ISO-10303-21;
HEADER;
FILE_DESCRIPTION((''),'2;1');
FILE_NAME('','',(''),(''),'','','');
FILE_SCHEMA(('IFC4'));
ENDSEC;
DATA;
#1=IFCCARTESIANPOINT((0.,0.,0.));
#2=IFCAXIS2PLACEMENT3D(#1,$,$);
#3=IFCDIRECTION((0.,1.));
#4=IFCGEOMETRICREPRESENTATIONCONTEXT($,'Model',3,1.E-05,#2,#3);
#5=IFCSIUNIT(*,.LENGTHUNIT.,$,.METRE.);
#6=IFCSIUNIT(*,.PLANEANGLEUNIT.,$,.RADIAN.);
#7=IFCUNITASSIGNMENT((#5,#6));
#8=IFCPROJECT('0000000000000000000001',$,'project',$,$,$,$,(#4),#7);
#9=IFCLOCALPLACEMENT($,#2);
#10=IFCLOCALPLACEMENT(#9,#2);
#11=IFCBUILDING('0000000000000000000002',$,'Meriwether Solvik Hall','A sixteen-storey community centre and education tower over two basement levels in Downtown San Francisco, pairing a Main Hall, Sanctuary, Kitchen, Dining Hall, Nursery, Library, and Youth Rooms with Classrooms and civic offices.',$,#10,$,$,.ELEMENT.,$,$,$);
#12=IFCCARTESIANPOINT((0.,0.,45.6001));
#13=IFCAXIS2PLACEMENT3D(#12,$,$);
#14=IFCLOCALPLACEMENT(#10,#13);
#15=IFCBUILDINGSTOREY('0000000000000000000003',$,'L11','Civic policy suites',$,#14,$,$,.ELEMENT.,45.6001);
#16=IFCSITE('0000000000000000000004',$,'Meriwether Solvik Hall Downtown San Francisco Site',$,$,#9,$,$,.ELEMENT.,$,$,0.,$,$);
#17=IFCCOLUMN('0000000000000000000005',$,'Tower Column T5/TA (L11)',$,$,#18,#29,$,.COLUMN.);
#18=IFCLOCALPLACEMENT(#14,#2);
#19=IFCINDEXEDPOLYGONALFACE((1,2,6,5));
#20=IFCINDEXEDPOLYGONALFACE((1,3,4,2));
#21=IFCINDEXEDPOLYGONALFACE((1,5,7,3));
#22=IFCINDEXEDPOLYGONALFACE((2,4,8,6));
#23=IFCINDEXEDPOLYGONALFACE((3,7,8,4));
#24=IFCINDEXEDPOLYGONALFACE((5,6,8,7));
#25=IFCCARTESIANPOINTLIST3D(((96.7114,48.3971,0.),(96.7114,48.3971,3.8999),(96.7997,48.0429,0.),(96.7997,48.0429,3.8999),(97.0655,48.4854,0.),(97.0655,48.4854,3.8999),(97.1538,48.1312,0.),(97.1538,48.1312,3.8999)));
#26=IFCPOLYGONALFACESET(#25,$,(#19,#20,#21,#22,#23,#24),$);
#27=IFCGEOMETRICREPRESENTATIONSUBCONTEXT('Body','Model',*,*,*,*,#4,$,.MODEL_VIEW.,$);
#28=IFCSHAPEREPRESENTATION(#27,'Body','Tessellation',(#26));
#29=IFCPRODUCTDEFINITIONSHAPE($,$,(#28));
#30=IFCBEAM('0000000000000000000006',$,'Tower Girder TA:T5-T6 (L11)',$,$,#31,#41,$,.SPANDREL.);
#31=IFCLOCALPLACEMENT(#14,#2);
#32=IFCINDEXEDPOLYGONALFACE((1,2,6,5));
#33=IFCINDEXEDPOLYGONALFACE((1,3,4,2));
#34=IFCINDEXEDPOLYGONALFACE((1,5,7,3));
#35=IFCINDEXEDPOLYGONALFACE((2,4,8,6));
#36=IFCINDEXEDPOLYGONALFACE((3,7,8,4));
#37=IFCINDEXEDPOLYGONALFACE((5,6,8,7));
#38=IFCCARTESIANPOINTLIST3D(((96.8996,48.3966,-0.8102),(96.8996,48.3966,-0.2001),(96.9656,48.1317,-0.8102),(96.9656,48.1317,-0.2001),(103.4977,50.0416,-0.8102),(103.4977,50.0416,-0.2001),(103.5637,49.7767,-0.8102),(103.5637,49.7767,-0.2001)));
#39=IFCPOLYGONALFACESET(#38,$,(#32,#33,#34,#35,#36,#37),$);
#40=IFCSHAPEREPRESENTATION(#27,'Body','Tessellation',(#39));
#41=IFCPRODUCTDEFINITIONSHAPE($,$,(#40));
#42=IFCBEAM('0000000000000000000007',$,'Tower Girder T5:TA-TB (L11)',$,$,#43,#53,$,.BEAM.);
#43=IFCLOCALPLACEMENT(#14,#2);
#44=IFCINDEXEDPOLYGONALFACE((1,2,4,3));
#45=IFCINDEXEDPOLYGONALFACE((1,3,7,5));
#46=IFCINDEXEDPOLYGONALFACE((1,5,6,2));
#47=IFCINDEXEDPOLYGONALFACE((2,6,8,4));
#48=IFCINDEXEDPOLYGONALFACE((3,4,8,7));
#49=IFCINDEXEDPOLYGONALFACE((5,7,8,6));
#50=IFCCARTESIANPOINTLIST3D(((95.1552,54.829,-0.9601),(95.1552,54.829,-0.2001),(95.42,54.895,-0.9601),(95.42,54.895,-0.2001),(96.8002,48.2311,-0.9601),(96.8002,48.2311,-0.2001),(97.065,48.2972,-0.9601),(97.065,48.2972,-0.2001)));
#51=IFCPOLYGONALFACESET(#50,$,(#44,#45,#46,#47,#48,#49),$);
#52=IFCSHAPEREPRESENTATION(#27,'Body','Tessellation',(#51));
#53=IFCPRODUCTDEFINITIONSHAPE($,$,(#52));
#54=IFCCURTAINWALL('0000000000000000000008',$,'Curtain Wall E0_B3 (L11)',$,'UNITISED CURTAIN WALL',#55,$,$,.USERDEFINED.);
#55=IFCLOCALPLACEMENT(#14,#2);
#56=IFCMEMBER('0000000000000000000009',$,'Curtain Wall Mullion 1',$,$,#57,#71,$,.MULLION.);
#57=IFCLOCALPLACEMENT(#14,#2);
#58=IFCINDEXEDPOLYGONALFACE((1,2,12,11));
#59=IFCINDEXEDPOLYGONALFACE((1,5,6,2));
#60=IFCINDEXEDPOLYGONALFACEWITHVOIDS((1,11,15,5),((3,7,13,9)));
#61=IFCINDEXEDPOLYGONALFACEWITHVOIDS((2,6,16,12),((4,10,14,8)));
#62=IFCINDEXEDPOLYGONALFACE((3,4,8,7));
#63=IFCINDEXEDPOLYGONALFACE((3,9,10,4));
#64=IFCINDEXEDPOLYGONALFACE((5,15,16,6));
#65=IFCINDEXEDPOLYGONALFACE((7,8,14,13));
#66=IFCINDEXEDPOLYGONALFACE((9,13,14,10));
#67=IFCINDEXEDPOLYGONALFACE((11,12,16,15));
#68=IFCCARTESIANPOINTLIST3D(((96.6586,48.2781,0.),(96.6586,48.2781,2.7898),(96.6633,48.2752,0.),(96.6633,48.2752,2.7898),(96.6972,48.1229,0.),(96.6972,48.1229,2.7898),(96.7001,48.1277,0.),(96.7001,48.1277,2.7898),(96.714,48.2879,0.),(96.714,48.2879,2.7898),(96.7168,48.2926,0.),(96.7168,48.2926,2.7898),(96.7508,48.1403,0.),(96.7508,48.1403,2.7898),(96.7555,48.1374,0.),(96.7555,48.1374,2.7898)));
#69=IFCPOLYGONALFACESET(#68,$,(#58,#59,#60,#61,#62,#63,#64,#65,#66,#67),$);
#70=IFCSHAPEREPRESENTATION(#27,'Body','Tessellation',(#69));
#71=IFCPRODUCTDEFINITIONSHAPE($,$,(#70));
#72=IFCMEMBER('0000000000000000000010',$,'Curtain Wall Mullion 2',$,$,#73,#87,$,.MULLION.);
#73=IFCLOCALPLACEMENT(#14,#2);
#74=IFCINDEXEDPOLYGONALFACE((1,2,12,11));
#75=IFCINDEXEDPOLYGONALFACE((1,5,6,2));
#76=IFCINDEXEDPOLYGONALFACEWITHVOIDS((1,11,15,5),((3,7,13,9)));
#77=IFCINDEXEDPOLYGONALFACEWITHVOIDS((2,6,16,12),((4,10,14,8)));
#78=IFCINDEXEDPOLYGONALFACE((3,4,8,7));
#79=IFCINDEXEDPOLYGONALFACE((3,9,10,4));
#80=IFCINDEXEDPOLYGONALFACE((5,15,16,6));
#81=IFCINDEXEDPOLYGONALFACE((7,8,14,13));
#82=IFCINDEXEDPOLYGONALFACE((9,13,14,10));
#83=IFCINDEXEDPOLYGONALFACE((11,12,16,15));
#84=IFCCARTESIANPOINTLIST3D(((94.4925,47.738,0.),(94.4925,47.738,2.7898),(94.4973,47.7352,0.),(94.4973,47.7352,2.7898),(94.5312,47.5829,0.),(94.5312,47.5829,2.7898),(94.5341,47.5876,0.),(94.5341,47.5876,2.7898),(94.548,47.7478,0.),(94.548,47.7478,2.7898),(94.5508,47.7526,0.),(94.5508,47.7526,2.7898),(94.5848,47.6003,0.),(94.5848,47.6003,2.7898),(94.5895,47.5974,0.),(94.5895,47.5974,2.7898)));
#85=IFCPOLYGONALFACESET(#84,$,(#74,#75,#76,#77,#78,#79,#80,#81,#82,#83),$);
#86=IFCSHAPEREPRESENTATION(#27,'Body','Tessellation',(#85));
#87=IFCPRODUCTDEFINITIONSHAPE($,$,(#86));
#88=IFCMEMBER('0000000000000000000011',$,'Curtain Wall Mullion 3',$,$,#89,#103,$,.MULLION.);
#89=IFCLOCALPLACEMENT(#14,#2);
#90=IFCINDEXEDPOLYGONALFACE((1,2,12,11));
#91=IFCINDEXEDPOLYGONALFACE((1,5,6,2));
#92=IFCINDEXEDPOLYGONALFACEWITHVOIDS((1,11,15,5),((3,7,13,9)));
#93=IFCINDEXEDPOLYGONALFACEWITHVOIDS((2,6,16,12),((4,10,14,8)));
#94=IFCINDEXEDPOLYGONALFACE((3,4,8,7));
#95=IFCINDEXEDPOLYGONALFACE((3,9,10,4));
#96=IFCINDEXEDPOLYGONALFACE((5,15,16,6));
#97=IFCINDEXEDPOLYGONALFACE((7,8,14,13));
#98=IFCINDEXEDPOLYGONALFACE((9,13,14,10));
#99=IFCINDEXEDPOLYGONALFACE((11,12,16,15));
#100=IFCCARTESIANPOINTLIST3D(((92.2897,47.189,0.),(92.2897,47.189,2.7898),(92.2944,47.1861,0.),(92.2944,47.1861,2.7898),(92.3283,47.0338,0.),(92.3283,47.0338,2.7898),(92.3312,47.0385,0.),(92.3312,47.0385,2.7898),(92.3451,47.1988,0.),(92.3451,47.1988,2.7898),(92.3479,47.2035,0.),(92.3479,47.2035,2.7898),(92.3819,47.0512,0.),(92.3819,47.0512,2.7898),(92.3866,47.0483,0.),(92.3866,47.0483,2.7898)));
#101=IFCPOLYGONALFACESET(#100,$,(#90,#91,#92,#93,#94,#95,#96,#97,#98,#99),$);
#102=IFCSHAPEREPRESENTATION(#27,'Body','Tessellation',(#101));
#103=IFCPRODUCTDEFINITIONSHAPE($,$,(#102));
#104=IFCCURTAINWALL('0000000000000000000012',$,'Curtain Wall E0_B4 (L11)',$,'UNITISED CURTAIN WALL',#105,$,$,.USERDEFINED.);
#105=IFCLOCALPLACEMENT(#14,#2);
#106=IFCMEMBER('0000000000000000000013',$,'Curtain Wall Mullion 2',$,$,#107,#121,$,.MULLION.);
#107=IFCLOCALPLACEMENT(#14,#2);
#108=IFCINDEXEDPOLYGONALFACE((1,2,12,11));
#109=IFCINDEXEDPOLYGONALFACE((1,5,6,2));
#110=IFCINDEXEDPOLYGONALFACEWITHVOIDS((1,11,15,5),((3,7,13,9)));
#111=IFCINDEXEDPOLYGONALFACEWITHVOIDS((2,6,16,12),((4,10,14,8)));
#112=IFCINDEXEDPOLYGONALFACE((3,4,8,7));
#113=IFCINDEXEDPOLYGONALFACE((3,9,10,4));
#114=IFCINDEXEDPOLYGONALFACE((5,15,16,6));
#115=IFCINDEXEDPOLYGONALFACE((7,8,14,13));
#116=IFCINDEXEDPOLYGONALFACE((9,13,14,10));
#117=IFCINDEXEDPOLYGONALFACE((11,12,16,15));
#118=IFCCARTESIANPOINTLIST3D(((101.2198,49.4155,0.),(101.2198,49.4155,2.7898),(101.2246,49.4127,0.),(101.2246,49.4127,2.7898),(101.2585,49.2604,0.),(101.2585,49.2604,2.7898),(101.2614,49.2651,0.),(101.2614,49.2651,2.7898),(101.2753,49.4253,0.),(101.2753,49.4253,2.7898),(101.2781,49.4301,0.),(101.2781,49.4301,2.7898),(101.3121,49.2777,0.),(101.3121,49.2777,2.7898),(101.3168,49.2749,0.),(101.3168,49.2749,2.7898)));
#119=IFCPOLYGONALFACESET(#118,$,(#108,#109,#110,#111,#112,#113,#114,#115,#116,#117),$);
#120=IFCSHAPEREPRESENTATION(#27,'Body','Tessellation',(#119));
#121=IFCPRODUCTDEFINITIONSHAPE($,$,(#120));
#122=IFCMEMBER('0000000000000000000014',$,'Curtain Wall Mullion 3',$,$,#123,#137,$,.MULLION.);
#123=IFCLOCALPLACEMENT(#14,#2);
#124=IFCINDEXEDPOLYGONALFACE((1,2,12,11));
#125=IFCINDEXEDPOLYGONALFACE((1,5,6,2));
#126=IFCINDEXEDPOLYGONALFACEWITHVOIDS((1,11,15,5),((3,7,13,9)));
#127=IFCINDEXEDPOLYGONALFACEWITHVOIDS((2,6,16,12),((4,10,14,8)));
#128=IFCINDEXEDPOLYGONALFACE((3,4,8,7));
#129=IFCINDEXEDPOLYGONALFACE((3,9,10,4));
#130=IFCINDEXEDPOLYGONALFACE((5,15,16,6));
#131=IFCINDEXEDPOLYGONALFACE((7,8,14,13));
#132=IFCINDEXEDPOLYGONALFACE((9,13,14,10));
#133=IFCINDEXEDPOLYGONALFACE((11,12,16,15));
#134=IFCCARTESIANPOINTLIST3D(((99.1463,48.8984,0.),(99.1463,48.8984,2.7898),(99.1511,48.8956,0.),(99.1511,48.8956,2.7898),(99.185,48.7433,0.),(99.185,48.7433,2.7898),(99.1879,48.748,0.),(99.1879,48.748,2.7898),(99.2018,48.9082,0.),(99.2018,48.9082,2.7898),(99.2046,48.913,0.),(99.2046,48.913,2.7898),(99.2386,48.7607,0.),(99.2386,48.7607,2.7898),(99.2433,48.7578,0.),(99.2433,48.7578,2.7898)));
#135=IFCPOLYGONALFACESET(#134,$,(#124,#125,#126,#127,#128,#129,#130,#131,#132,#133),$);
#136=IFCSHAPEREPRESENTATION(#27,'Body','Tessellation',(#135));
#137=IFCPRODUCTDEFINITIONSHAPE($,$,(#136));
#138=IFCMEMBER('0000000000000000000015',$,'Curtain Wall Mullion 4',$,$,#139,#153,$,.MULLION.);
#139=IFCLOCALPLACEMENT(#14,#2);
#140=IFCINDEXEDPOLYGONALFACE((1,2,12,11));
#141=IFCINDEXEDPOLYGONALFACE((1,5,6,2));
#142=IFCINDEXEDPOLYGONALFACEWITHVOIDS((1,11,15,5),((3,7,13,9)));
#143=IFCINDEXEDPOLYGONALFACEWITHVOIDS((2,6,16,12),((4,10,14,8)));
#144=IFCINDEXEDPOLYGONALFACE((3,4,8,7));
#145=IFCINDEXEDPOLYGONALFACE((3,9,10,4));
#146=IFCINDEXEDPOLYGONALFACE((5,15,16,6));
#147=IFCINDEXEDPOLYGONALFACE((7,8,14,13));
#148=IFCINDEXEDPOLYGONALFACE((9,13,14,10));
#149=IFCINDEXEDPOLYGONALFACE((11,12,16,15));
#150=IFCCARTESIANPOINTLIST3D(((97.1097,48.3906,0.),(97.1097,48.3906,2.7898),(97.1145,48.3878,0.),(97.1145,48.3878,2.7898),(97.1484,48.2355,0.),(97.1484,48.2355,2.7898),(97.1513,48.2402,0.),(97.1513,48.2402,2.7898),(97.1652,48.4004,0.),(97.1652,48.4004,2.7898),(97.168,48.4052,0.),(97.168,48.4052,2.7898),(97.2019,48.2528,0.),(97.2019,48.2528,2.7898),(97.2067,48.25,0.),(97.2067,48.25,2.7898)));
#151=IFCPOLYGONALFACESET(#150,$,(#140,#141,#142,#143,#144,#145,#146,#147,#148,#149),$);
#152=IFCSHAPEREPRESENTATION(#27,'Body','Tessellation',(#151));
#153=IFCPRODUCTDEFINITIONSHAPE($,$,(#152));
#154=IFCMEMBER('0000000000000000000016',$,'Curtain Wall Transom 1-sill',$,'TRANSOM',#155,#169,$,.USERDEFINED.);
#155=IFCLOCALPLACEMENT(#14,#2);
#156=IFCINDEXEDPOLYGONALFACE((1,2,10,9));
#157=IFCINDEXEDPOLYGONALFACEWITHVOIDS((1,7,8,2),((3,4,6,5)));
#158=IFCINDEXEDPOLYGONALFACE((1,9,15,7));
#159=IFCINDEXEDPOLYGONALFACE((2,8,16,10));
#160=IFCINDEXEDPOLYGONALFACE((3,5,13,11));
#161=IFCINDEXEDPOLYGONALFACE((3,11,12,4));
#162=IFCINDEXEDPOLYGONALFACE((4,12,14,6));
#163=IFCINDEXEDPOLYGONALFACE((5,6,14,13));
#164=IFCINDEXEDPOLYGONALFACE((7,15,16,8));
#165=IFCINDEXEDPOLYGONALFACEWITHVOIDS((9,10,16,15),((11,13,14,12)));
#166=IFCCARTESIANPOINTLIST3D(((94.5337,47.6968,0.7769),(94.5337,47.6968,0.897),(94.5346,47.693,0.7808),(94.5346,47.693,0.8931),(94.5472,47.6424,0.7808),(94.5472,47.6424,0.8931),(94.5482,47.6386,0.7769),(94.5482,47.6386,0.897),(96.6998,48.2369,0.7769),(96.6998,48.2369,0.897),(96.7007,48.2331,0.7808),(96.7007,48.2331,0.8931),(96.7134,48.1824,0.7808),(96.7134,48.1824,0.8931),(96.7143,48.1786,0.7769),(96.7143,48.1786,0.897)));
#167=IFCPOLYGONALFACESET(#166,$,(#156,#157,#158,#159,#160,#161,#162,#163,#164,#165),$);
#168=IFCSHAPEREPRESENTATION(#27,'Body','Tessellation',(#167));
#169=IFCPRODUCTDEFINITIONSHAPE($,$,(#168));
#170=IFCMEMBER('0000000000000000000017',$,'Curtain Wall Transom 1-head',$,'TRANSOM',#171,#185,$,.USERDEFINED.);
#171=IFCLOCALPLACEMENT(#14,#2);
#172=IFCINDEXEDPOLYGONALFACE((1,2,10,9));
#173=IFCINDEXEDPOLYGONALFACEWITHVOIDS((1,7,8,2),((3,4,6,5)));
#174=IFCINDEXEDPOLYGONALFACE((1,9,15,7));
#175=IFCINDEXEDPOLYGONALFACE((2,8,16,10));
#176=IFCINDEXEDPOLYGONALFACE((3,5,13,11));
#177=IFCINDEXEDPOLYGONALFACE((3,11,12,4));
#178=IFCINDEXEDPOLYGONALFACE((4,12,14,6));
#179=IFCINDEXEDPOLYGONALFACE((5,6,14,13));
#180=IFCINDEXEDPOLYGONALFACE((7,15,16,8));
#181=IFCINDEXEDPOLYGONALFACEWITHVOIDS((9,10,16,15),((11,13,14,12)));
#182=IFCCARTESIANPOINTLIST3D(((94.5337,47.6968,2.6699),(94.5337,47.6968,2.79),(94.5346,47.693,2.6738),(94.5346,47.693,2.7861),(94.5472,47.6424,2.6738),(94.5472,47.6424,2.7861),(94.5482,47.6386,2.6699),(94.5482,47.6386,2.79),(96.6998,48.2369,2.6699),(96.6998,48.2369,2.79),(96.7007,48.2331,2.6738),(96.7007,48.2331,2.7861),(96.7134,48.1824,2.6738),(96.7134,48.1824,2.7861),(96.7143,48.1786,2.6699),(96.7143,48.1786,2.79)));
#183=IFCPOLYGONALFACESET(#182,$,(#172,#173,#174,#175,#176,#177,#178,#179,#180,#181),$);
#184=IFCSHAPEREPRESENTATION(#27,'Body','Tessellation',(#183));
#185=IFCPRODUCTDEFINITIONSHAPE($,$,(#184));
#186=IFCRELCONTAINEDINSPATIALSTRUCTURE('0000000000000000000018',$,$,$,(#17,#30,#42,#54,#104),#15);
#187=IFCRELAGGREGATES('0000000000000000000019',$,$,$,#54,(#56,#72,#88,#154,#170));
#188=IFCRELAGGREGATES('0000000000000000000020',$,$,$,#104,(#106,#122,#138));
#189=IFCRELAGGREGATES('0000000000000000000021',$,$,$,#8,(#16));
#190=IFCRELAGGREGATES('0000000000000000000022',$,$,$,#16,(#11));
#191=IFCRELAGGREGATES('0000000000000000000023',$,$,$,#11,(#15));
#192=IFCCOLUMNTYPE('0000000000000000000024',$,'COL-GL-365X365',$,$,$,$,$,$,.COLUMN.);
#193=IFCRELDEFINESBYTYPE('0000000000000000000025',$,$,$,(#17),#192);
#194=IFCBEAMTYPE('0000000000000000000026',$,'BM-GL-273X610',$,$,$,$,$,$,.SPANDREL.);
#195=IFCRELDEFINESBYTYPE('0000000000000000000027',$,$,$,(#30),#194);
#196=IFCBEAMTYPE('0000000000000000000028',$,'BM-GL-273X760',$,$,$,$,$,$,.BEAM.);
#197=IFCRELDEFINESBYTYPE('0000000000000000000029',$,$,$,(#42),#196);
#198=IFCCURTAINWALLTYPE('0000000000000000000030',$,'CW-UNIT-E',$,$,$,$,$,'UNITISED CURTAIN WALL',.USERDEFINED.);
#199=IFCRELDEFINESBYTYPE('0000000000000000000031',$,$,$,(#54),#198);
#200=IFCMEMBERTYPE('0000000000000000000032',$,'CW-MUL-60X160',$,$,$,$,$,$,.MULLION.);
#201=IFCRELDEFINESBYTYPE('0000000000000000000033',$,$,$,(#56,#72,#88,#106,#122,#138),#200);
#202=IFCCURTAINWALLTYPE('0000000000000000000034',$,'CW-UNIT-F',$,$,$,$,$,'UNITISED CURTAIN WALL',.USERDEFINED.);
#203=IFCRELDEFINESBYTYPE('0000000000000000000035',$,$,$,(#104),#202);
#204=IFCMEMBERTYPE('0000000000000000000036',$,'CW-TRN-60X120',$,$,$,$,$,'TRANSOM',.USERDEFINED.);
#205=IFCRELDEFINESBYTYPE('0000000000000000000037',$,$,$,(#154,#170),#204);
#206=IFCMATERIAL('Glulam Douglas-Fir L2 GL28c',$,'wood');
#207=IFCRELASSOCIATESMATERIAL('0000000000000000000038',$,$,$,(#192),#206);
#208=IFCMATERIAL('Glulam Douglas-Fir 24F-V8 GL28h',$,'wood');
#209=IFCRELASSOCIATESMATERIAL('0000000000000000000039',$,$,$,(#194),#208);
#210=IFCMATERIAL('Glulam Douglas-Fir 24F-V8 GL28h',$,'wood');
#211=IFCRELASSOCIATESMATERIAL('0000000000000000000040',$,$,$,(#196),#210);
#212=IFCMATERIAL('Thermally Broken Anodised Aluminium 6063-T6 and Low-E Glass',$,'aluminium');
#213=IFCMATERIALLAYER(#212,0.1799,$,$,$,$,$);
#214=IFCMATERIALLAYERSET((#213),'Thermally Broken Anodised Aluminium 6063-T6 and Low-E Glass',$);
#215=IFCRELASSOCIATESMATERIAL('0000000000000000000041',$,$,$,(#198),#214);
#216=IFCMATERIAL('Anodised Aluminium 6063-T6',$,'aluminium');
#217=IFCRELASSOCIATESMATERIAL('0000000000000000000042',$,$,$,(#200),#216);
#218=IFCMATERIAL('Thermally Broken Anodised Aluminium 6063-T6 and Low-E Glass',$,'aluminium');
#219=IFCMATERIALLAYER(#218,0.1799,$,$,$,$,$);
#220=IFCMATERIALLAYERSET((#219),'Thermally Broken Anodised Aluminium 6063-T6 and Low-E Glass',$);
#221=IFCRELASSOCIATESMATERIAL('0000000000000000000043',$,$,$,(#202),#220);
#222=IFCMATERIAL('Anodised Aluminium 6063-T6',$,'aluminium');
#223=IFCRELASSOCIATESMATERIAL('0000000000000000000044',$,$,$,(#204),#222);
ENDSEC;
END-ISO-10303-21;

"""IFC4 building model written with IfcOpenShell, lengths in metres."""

from ifc_helpers import new_model, si_unit, direction, frame, origin, origin_2d, place, context, subcontext, project, spatial, rectangle, hollow_rectangle, extrude, material, layer, layer_set, material_profile, profile_set, type_object, element, aggregate, save


model = new_model("IFC4")

# Units and contexts
model_context = context("Model", 3, precision=1e-05, world=origin(), true_north=direction((0.0, 1.0)))
body_context = subcontext(model_context, "Body", "Model", "MODEL_VIEW")
ifc_project = project(units=[si_unit("LENGTHUNIT", "METRE"), si_unit("PLANEANGLEUNIT", "RADIAN")], contexts=[model_context])

# Site, building, storey
site_placement = place(None, origin())
site = spatial("IfcSite", under=ifc_project, at=site_placement, Name="Meriwether Solvik Hall Downtown San Francisco Site", CompositionType="ELEMENT", RefElevation=0.0)
building_placement = place(site_placement, origin())
building = spatial("IfcBuilding", under=site, at=building_placement, Name="Meriwether Solvik Hall", Description="A sixteen-storey community centre and education tower over two basement levels in Downtown San Francisco, pairing a Main Hall, Sanctuary, Kitchen, Dining Hall, Nursery, Library, and Youth Rooms with Classrooms and civic offices.", CompositionType="ELEMENT")
storey_placement = place(building_placement, frame((0.0, 0.0, 45.6001)))
storey = spatial("IfcBuildingStorey", under=building, at=storey_placement, Name="L11", Description="Civic policy suites", CompositionType="ELEMENT", Elevation=45.6001)

# Column
ifc_material_1 = material(Name="Glulam Douglas-Fir L2 GL28c", Category="wood")
ifc_material_profile_1 = material_profile(ifc_material_1, rectangle(XDim=0.365, YDim=0.365, at=origin_2d()), Name="GLC-365X365")
ifc_profile_set_1 = profile_set([ifc_material_profile_1], Name="Glulam Douglas-Fir L2 GL28c")
column_type = type_object("IfcColumnType", Name="COL-GL-365X365", PredefinedType="COLUMN", material=ifc_profile_set_1)
column_placement = place(storey_placement, frame((96.9326, 48.2642, 0.0), z_axis=(0.0, 0.0, 1.0), x_axis=(0.970296, 0.241922, 0.0)))
element("IfcColumn", 1, at=column_placement, inside=storey, type_object=column_type, Name="Tower Column T5/TA (L11)", PredefinedType="COLUMN", context=body_context, shape_type="SweptSolid", body=[
    extrude(rectangle(XDim=0.365, YDim=0.365, at=origin_2d()), origin(), (0.0, 0.0, 1.0), 3.8999),
])

# Beams
ifc_material_2 = material(Name="Glulam Douglas-Fir 24F-V8 GL28h", Category="wood")
ifc_material_profile_2 = material_profile(ifc_material_2, rectangle(XDim=0.2729, YDim=0.6101, at=origin_2d()), Name="GLB-273X610")
ifc_profile_set_2 = profile_set([ifc_material_profile_2], Name="Glulam Douglas-Fir 24F-V8 GL28h")
beam_type_1 = type_object("IfcBeamType", Name="BM-GL-273X610", PredefinedType="SPANDREL", material=ifc_profile_set_2)
beam_1_placement = place(storey_placement, frame((96.9326, 48.2642, -0.5051), z_axis=(0.970299, 0.24191, 0.0), x_axis=(-0.24191, 0.970299, 0.0)))
element("IfcBeam", 2, at=beam_1_placement, inside=storey, type_object=beam_type_1, Name="Tower Girder TA:T5-T6 (L11)", PredefinedType="SPANDREL", context=body_context, shape_type="SweptSolid", body=[
    extrude(rectangle(XDim=0.2729, YDim=0.6101, at=origin_2d()), origin(), (0.0, 0.0, 1.0), 6.8),
])
ifc_material_3 = material(Name="Glulam Douglas-Fir 24F-V8 GL28h", Category="wood")
ifc_material_profile_3 = material_profile(ifc_material_3, rectangle(XDim=0.2729, YDim=0.76, at=origin_2d()), Name="GLB-273X760")
ifc_profile_set_3 = profile_set([ifc_material_profile_3], Name="Glulam Douglas-Fir 24F-V8 GL28h")
beam_type_2 = type_object("IfcBeamType", Name="BM-GL-273X760", PredefinedType="BEAM", material=ifc_profile_set_3)
beam_2_placement = place(storey_placement, frame((96.9326, 48.2642, -0.5801), z_axis=(-0.241919, 0.970296, 0.0), x_axis=(-0.970296, -0.241919, 0.0)))
element("IfcBeam", 3, at=beam_2_placement, inside=storey, type_object=beam_type_2, Name="Tower Girder T5:TA-TB (L11)", PredefinedType="BEAM", context=body_context, shape_type="SweptSolid", body=[
    extrude(rectangle(XDim=0.2729, YDim=0.76, at=origin_2d()), origin(), (0.0, 0.0, 1.0), 6.7998),
])

# Curtain walls, members
ifc_material_4 = material(Name="Thermally Broken Anodised Aluminium 6063-T6 and Low-E Glass", Category="aluminium")
ifc_layer_1 = layer(ifc_material_4, 0.1799)
ifc_layer_set_1 = layer_set([ifc_layer_1], Name="Thermally Broken Anodised Aluminium 6063-T6 and Low-E Glass")
curtain_wall_type_1 = type_object("IfcCurtainWallType", Name="CW-UNIT-E", ElementType="UNITISED CURTAIN WALL", PredefinedType="USERDEFINED", material=ifc_layer_set_1)
curtain_wall_1_placement = place(storey_placement, origin())
curtain_wall_1 = element("IfcCurtainWall", 4, at=curtain_wall_1_placement, inside=storey, type_object=curtain_wall_type_1, Name="Curtain Wall E0_B3 (L11)", ObjectType="UNITISED CURTAIN WALL", PredefinedType="USERDEFINED")
ifc_material_5 = material(Name="Anodised Aluminium 6063-T6", Category="aluminium")
ifc_material_profile_4 = material_profile(ifc_material_5, hollow_rectangle(XDim=0.0601, YDim=0.1599, WallThickness=0.0039, at=origin_2d()), Name="CWM-60X160")
ifc_profile_set_4 = profile_set([ifc_material_profile_4], Name="Anodised Aluminium 6063-T6")
member_type_1 = type_object("IfcMemberType", Name="CW-MUL-60X160", PredefinedType="MULLION", material=ifc_profile_set_4)
member_1_placement = place(storey_placement, frame((96.707, 48.2078, 0.0), z_axis=(0.0, 0.0, 1.0), x_axis=(-0.970296, -0.241922, 0.0)))
member_1 = element("IfcMember", 5, at=member_1_placement, type_object=member_type_1, Name="Curtain Wall Mullion 1", PredefinedType="MULLION", context=body_context, shape_type="SweptSolid", body=[
    extrude(hollow_rectangle(XDim=0.0601, YDim=0.1599, WallThickness=0.0039, at=origin_2d()), origin(), (0.0, 0.0, 1.0), 2.7898),
])
member_2_placement = place(storey_placement, frame((94.541, 47.6677, 0.0), z_axis=(0.0, 0.0, 1.0), x_axis=(-0.970296, -0.241922, 0.0)))
member_2 = element("IfcMember", 6, at=member_2_placement, type_object=member_type_1, Name="Curtain Wall Mullion 2", PredefinedType="MULLION", context=body_context, shape_type="SweptSolid", body=[
    extrude(hollow_rectangle(XDim=0.0601, YDim=0.1599, WallThickness=0.0039, at=origin_2d()), origin(), (0.0, 0.0, 1.0), 2.7898),
])
member_3_placement = place(storey_placement, frame((92.3381, 47.1187, 0.0), z_axis=(0.0, 0.0, 1.0), x_axis=(-0.970296, -0.241922, 0.0)))
member_3 = element("IfcMember", 7, at=member_3_placement, type_object=member_type_1, Name="Curtain Wall Mullion 3", PredefinedType="MULLION", context=body_context, shape_type="SweptSolid", body=[
    extrude(hollow_rectangle(XDim=0.0601, YDim=0.1599, WallThickness=0.0039, at=origin_2d()), origin(), (0.0, 0.0, 1.0), 2.7898),
])
ifc_material_6 = material(Name="Thermally Broken Anodised Aluminium 6063-T6 and Low-E Glass", Category="aluminium")
ifc_layer_2 = layer(ifc_material_6, 0.1799)
ifc_layer_set_2 = layer_set([ifc_layer_2], Name="Thermally Broken Anodised Aluminium 6063-T6 and Low-E Glass")
curtain_wall_type_2 = type_object("IfcCurtainWallType", Name="CW-UNIT-F", ElementType="UNITISED CURTAIN WALL", PredefinedType="USERDEFINED", material=ifc_layer_set_2)
curtain_wall_2_placement = place(storey_placement, origin())
curtain_wall_2 = element("IfcCurtainWall", 8, at=curtain_wall_2_placement, inside=storey, type_object=curtain_wall_type_2, Name="Curtain Wall E0_B4 (L11)", ObjectType="UNITISED CURTAIN WALL", PredefinedType="USERDEFINED")
member_4_placement = place(storey_placement, frame((101.2683, 49.3452, 0.0), z_axis=(0.0, 0.0, 1.0), x_axis=(-0.970296, -0.241922, 0.0)))
member_4 = element("IfcMember", 9, at=member_4_placement, type_object=member_type_1, Name="Curtain Wall Mullion 2", PredefinedType="MULLION", context=body_context, shape_type="SweptSolid", body=[
    extrude(hollow_rectangle(XDim=0.0601, YDim=0.1599, WallThickness=0.0039, at=origin_2d()), origin(), (0.0, 0.0, 1.0), 2.7898),
])
member_5_placement = place(storey_placement, frame((99.1948, 48.8281, 0.0), z_axis=(0.0, 0.0, 1.0), x_axis=(-0.970296, -0.241922, 0.0)))
member_5 = element("IfcMember", 10, at=member_5_placement, type_object=member_type_1, Name="Curtain Wall Mullion 3", PredefinedType="MULLION", context=body_context, shape_type="SweptSolid", body=[
    extrude(hollow_rectangle(XDim=0.0601, YDim=0.1599, WallThickness=0.0039, at=origin_2d()), origin(), (0.0, 0.0, 1.0), 2.7898),
])
member_6_placement = place(storey_placement, frame((97.1582, 48.3203, 0.0), z_axis=(0.0, 0.0, 1.0), x_axis=(-0.970296, -0.241922, 0.0)))
member_6 = element("IfcMember", 11, at=member_6_placement, type_object=member_type_1, Name="Curtain Wall Mullion 4", PredefinedType="MULLION", context=body_context, shape_type="SweptSolid", body=[
    extrude(hollow_rectangle(XDim=0.0601, YDim=0.1599, WallThickness=0.0039, at=origin_2d()), origin(), (0.0, 0.0, 1.0), 2.7898),
])

# Members
ifc_material_7 = material(Name="Anodised Aluminium 6063-T6", Category="aluminium")
ifc_material_profile_5 = material_profile(ifc_material_7, hollow_rectangle(XDim=0.0601, YDim=0.1201, WallThickness=0.0039, at=origin_2d()), Name="CWT-60X120")
ifc_profile_set_5 = profile_set([ifc_material_profile_5], Name="Anodised Aluminium 6063-T6")
member_type_2 = type_object("IfcMemberType", Name="CW-TRN-60X120", ElementType="TRANSOM", PredefinedType="USERDEFINED", material=ifc_profile_set_5)
member_7_placement = place(storey_placement, frame((96.707, 48.2078, 0.8369), z_axis=(-0.970297, -0.241918, 0.0), x_axis=(0.241918, -0.970297, 0.0)))
member_7 = element("IfcMember", 12, at=member_7_placement, type_object=member_type_2, Name="Curtain Wall Transom 1-sill", ObjectType="TRANSOM", PredefinedType="USERDEFINED", context=body_context, shape_type="SweptSolid", body=[
    extrude(hollow_rectangle(XDim=0.0601, YDim=0.1201, WallThickness=0.0039, at=origin_2d()), origin(), (0.0, 0.0, 1.0), 2.2324),
])
member_8_placement = place(storey_placement, frame((96.707, 48.2078, 2.73), z_axis=(-0.970297, -0.241918, 0.0), x_axis=(0.241918, -0.970297, 0.0)))
member_8 = element("IfcMember", 13, at=member_8_placement, type_object=member_type_2, Name="Curtain Wall Transom 1-head", ObjectType="TRANSOM", PredefinedType="USERDEFINED", context=body_context, shape_type="SweptSolid", body=[
    extrude(hollow_rectangle(XDim=0.0601, YDim=0.1201, WallThickness=0.0039, at=origin_2d()), origin(), (0.0, 0.0, 1.0), 2.2324),
])

aggregate(curtain_wall_1, [member_1, member_2, member_3, member_7, member_8])
aggregate(curtain_wall_2, [member_4, member_5, member_6])

save(model, "model.ifc")
